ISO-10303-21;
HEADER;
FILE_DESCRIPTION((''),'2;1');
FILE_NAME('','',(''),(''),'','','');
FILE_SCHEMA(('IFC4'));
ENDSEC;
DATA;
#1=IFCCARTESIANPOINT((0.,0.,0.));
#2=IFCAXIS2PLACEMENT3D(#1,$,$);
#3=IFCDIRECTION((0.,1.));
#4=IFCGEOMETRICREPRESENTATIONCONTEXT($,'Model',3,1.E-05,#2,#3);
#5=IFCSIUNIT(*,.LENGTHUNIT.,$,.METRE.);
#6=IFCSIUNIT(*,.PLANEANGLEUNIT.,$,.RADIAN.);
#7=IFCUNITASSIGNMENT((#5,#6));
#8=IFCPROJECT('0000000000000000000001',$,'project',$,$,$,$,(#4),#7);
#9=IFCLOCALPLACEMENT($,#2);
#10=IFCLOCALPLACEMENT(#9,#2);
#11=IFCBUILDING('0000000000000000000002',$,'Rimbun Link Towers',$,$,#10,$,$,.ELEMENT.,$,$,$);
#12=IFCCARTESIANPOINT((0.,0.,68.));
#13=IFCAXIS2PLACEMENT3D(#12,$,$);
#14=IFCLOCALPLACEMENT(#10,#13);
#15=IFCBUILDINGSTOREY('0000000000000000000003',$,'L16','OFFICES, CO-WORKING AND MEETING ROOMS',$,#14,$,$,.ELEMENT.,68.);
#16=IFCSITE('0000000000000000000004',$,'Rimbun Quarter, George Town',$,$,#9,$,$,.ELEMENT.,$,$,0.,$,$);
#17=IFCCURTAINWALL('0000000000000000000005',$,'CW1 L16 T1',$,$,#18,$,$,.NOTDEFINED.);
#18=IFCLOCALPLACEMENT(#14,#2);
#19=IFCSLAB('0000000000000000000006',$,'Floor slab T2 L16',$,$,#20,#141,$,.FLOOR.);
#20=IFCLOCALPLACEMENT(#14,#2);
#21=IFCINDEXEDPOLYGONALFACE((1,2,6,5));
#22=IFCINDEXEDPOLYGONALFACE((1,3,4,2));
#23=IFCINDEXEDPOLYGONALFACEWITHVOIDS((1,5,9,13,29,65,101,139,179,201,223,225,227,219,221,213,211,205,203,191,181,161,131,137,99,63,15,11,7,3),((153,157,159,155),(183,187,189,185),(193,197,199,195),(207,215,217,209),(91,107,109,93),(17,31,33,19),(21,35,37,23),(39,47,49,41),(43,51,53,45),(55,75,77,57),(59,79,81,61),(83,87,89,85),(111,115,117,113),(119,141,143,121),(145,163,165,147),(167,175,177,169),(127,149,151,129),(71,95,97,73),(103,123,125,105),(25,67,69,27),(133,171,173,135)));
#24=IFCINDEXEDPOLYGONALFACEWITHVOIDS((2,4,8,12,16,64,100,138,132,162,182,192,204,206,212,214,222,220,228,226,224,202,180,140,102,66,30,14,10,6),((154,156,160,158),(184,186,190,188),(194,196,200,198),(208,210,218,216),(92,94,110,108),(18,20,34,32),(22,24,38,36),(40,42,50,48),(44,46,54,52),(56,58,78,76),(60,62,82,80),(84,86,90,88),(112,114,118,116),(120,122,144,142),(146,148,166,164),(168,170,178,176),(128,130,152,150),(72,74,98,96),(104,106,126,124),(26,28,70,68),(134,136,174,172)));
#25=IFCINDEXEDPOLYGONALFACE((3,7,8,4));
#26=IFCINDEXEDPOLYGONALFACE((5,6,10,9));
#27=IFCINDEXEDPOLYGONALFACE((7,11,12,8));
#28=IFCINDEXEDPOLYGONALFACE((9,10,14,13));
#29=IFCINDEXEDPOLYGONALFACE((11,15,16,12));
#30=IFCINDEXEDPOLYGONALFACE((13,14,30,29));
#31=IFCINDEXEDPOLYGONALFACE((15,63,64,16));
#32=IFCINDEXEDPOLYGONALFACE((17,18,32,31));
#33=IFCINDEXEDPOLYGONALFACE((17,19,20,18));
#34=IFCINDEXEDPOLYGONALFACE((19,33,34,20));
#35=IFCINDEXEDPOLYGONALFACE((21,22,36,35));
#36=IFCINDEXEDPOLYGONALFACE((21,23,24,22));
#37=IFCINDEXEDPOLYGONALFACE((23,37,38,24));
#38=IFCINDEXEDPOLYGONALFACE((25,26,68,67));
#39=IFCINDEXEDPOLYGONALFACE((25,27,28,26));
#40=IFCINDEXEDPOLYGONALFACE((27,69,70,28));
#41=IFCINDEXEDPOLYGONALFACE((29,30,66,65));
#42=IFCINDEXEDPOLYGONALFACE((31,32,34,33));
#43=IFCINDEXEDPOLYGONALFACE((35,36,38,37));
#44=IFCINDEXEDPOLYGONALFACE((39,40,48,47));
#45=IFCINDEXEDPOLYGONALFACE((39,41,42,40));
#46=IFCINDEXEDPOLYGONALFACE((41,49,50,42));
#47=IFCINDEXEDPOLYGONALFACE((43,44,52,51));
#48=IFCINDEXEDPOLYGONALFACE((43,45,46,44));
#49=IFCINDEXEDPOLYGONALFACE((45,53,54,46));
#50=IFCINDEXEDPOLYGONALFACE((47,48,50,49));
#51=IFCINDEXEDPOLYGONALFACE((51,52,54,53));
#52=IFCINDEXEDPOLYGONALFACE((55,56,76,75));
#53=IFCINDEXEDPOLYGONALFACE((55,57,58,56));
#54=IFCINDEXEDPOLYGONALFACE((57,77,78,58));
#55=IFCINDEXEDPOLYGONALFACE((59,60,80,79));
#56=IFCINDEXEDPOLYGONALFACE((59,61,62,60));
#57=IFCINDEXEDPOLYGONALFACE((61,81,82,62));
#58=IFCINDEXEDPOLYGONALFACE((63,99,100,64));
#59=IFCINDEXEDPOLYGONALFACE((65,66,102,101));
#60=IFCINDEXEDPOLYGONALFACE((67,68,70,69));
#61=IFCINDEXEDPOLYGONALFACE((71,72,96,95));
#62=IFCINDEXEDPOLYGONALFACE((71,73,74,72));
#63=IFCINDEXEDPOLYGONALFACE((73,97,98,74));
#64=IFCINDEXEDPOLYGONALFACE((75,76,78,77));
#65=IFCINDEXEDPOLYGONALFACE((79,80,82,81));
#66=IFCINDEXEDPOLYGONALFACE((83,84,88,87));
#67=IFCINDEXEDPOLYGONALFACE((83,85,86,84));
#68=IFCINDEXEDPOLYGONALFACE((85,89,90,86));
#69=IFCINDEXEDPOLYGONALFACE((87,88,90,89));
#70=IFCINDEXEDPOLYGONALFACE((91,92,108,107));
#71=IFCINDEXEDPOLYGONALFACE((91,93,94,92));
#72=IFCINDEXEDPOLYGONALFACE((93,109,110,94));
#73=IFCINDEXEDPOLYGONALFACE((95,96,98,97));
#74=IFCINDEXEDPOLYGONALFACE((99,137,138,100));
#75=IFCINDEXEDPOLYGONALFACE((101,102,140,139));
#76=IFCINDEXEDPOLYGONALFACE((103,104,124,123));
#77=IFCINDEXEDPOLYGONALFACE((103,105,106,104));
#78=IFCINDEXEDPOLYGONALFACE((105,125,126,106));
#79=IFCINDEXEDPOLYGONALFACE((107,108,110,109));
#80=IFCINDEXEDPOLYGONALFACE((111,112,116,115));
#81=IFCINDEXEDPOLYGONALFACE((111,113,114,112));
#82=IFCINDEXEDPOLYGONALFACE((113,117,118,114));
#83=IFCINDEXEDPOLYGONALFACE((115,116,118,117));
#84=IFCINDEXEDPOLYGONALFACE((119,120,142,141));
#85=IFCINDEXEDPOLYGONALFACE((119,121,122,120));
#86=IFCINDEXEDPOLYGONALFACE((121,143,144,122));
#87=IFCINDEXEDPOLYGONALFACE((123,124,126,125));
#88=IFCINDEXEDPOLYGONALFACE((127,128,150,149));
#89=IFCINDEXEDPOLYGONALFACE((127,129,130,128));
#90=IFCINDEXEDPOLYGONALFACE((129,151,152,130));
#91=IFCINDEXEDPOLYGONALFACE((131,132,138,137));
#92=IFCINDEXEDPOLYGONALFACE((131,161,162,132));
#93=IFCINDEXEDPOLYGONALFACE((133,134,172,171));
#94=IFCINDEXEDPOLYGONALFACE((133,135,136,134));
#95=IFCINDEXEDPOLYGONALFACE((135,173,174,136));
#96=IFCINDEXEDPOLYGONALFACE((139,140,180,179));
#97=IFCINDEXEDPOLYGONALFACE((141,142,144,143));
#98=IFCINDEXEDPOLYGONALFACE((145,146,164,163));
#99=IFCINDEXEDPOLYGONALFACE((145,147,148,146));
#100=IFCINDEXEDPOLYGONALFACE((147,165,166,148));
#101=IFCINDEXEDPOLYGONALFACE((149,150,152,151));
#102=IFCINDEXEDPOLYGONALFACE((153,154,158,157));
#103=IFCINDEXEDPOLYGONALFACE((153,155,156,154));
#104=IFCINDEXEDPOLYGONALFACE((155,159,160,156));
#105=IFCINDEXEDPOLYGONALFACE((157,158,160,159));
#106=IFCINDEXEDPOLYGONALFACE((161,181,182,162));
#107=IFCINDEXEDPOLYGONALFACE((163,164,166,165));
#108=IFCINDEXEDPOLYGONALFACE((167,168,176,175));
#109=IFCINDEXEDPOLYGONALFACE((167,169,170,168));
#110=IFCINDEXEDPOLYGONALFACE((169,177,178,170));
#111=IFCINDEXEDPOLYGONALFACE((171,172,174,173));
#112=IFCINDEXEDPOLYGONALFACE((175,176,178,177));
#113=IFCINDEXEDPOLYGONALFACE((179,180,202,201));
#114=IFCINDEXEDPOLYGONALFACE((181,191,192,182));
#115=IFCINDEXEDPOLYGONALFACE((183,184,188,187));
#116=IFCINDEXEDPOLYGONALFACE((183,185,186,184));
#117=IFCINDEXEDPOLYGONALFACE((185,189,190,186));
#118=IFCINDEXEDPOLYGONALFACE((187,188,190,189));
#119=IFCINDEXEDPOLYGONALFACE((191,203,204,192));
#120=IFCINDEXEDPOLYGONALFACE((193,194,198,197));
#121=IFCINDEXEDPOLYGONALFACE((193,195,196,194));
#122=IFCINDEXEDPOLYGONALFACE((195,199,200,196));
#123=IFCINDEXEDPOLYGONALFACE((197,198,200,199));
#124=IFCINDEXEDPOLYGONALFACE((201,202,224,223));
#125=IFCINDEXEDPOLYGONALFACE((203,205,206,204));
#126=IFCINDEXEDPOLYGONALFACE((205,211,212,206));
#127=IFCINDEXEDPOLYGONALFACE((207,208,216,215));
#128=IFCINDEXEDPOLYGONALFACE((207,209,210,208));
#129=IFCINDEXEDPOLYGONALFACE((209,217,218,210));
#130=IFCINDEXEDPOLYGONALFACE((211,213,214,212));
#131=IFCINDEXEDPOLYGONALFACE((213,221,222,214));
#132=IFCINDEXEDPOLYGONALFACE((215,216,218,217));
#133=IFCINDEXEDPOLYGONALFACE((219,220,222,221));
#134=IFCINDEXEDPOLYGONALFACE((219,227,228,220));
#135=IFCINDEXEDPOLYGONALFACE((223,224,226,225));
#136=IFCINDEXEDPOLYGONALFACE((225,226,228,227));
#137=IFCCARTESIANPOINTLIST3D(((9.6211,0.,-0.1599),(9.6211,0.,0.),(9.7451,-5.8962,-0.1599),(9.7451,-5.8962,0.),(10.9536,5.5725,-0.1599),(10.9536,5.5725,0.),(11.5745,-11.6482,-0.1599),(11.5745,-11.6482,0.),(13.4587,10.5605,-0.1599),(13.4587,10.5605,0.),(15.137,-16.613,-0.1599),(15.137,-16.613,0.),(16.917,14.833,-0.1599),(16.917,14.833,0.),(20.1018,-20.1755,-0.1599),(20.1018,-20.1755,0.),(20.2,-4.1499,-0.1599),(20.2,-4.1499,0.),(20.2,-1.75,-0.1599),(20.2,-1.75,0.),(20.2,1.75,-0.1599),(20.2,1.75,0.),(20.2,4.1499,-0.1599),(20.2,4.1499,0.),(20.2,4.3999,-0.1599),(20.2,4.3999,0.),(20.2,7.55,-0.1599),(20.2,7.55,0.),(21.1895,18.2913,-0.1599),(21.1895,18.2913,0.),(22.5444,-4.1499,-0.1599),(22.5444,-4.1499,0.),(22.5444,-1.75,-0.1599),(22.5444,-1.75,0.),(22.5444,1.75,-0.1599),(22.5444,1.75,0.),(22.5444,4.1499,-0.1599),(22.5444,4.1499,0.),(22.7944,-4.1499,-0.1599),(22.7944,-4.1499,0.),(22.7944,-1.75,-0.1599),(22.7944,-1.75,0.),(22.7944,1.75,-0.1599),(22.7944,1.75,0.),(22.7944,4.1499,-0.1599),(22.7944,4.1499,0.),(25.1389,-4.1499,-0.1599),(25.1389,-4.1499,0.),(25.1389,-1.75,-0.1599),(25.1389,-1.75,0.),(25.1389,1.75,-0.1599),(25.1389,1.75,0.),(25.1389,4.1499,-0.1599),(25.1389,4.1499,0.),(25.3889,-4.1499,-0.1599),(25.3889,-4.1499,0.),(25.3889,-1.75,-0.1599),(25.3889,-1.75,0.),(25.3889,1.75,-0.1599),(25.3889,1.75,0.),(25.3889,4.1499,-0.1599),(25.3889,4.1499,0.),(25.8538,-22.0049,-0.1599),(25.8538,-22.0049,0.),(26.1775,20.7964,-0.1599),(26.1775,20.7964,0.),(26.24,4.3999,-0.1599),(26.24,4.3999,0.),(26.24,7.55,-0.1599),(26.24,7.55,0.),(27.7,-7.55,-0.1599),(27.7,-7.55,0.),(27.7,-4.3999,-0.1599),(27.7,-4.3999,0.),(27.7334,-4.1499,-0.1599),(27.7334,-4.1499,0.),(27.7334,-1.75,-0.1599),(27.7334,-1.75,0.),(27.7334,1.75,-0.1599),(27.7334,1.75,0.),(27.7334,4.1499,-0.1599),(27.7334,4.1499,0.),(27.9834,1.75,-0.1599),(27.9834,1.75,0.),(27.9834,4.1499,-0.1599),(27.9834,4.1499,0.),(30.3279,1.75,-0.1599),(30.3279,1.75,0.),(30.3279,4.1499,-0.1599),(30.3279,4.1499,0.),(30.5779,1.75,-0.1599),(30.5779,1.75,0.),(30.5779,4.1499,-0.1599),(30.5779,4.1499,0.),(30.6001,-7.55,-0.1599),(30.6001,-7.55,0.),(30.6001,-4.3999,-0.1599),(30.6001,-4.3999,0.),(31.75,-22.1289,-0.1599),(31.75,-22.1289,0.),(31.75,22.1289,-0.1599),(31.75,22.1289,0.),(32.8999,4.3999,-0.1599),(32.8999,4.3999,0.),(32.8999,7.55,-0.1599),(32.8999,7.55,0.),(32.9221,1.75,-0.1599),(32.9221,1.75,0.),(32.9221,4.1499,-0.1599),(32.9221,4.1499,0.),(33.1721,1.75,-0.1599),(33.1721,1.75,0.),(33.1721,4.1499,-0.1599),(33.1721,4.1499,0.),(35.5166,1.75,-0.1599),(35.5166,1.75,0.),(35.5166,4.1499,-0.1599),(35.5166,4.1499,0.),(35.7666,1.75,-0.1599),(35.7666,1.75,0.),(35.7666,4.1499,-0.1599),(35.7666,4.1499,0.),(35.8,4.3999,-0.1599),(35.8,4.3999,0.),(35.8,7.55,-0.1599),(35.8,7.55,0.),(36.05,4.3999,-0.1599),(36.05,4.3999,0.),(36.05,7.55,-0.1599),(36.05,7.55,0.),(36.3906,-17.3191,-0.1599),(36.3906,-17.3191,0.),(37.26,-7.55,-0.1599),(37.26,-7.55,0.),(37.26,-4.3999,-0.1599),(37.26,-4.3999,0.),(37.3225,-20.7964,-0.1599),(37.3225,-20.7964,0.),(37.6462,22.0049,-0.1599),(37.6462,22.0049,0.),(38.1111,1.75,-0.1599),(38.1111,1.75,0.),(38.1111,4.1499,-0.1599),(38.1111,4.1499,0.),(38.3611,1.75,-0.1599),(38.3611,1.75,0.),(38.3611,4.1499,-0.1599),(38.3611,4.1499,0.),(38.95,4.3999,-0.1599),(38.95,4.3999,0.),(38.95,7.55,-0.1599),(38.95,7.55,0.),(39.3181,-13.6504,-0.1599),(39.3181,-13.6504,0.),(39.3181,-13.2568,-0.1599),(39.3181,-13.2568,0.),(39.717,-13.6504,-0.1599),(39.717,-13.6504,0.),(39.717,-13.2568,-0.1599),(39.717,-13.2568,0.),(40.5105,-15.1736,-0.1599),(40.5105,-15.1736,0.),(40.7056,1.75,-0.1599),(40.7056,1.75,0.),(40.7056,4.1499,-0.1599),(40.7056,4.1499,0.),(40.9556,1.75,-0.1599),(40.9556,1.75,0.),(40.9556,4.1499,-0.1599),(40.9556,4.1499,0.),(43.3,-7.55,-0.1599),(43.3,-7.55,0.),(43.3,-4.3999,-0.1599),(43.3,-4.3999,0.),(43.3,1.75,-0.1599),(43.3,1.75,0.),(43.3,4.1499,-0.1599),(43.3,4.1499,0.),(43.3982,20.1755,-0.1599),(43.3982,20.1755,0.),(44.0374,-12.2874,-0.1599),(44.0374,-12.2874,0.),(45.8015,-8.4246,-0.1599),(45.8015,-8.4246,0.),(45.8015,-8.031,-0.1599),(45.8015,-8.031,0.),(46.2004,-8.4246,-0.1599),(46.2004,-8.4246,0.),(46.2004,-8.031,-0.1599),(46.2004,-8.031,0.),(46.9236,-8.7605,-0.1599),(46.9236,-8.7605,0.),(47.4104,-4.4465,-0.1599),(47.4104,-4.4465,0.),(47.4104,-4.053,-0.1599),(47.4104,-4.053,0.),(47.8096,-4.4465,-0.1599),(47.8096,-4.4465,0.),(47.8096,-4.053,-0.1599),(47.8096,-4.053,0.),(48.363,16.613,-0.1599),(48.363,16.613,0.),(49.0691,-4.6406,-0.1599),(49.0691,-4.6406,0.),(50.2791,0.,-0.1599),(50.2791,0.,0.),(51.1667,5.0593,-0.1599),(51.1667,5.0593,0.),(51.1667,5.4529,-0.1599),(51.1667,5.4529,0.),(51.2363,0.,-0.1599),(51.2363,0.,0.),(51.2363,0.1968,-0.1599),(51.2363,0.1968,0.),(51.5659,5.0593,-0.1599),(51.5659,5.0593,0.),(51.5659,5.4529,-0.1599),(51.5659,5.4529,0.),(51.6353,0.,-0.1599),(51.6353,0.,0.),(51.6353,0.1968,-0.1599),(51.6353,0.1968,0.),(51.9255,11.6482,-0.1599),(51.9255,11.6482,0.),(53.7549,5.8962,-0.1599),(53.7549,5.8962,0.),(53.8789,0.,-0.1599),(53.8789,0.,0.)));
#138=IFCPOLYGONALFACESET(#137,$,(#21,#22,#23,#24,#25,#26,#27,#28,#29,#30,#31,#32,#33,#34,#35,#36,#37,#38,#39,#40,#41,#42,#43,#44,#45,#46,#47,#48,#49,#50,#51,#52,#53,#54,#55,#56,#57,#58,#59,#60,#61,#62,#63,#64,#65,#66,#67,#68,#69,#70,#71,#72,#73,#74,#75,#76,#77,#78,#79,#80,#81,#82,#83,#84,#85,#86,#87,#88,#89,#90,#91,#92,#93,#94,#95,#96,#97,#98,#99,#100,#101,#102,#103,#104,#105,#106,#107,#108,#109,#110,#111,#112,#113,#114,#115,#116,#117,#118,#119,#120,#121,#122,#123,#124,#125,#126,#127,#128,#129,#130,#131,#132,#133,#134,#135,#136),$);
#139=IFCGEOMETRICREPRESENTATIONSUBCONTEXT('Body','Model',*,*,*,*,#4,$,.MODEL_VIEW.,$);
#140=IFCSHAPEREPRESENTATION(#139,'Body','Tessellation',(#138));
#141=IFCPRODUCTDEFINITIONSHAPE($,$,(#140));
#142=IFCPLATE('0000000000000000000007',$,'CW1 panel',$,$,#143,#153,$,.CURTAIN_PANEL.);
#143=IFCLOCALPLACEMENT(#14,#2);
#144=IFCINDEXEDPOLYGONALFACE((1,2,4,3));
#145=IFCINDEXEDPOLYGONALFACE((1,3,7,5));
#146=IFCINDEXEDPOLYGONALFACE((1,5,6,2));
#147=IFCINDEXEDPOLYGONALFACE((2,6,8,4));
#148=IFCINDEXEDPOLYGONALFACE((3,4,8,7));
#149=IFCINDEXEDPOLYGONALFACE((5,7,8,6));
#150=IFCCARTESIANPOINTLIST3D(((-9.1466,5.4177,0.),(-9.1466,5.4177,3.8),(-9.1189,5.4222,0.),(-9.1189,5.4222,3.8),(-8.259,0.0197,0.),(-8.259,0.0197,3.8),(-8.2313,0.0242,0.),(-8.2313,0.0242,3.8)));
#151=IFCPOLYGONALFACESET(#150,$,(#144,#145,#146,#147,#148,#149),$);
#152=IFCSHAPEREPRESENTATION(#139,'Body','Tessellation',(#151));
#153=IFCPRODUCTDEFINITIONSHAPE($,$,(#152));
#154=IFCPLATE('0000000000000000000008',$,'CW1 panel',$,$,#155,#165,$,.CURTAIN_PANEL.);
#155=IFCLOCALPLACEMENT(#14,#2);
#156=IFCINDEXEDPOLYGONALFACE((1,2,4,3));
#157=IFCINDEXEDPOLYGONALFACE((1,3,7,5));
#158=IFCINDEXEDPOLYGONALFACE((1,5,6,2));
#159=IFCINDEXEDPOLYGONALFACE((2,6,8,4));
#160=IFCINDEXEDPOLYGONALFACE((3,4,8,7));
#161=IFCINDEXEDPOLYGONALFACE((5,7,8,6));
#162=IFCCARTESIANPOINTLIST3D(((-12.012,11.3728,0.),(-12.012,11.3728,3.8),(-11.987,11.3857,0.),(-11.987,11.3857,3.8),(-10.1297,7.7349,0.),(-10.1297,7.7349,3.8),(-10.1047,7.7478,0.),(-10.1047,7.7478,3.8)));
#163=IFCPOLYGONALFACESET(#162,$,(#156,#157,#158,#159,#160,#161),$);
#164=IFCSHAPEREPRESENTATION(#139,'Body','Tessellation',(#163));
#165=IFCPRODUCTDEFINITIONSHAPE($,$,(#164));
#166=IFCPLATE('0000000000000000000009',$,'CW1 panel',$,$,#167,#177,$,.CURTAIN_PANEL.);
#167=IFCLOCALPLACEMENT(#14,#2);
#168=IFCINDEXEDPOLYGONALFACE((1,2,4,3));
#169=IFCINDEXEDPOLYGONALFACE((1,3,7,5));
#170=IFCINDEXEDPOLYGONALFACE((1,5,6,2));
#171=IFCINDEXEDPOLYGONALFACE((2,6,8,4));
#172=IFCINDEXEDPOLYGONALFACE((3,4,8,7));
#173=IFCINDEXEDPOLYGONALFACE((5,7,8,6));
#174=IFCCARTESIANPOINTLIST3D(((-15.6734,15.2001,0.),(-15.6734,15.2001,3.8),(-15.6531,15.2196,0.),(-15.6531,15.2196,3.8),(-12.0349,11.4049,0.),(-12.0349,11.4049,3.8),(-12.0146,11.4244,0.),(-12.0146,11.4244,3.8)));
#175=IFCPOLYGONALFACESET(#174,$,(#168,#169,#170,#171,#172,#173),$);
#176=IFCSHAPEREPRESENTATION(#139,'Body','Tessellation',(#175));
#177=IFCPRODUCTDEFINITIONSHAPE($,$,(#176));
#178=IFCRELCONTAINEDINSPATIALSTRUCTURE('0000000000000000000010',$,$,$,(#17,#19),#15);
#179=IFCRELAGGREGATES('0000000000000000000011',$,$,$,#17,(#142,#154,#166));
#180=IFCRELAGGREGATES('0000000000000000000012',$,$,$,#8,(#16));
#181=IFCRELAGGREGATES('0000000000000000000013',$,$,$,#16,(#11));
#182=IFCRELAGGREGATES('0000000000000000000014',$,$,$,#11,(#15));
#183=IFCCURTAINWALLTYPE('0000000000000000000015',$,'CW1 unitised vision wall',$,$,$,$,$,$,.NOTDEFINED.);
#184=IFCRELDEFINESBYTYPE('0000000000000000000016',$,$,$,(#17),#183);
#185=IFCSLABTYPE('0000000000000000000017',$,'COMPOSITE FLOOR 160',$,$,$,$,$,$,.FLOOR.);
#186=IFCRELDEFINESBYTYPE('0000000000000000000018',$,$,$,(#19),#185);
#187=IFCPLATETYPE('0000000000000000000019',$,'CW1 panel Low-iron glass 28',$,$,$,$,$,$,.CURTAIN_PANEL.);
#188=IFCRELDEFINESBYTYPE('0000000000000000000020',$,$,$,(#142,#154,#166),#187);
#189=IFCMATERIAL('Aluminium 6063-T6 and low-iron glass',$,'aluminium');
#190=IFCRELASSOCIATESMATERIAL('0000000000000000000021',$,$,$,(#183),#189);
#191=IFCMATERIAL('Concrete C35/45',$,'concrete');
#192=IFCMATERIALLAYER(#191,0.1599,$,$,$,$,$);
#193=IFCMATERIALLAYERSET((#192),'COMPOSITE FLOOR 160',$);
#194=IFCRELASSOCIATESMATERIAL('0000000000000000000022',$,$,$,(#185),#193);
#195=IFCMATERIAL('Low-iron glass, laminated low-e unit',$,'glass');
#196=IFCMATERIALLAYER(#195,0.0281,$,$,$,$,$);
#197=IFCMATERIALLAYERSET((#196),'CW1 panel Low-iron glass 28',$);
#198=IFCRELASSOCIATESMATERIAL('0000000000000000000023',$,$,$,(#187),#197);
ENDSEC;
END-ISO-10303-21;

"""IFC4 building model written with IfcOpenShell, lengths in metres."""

from ifc_helpers import new_model, si_unit, direction, frame, origin, origin_2d, place, context, subcontext, project, spatial, polyline, rectangle, outline, extrude, material, layer, layer_set, type_object, element, aggregate, save


model = new_model("IFC4")

# Units and contexts
model_context = context("Model", 3, precision=1e-05, world=origin(), true_north=direction((0.0, 1.0)))
body_context = subcontext(model_context, "Body", "Model", "MODEL_VIEW")
ifc_project = project(units=[si_unit("LENGTHUNIT", "METRE"), si_unit("PLANEANGLEUNIT", "RADIAN")], contexts=[model_context])

# Site, building, storey
site_placement = place(None, origin())
site = spatial("IfcSite", under=ifc_project, at=site_placement, Name="Rimbun Quarter, George Town", CompositionType="ELEMENT", RefElevation=0.0)
building_placement = place(site_placement, origin())
building = spatial("IfcBuilding", under=site, at=building_placement, Name="Rimbun Link Towers", CompositionType="ELEMENT")
storey_placement = place(building_placement, frame((0.0, 0.0, 68.0)))
storey = spatial("IfcBuildingStorey", under=building, at=storey_placement, Name="L16", Description="OFFICES, CO-WORKING AND MEETING ROOMS", CompositionType="ELEMENT", Elevation=68.0)

# Curtain wall
ifc_material_1 = material(Name="Aluminium 6063-T6 and low-iron glass", Category="aluminium")
curtain_wall_type = type_object("IfcCurtainWallType", Name="CW1 unitised vision wall", PredefinedType="NOTDEFINED", material=ifc_material_1)
curtain_wall_placement = place(storey_placement, origin())
curtain_wall = element("IfcCurtainWall", 1, at=curtain_wall_placement, inside=storey, type_object=curtain_wall_type, Name="CW1 L16 T1", PredefinedType="NOTDEFINED")

# Slab
ifc_material_2 = material(Name="Concrete C35/45", Category="concrete")
ifc_layer_1 = layer(ifc_material_2, 0.1599)
ifc_layer_set_1 = layer_set([ifc_layer_1], Name="COMPOSITE FLOOR 160")
slab_type = type_object("IfcSlabType", Name="COMPOSITE FLOOR 160", PredefinedType="FLOOR", material=ifc_layer_set_1)
slab_placement = place(storey_placement, frame((0.0, 0.0, -0.1599)))
element("IfcSlab", 2, at=slab_placement, inside=storey, type_object=slab_type, Name="Floor slab T2 L16", PredefinedType="FLOOR", context=body_context, shape_type="SweptSolid", body=[
    extrude(outline(polyline([(50.2791, 0.0), (49.0691, -4.6406), (46.9236, -8.7605), (44.0374, -12.2874), (40.5105, -15.1736), (36.3906, -17.3191), (37.3225, -20.7964), (31.75, -22.1289), (25.8538, -22.0049), (20.1018, -20.1755), (15.137, -16.613), (11.5745, -11.6482), (9.7451, -5.8962), (9.6211, 0.0), (10.9536, 5.5725), (13.4587, 10.5605), (16.917, 14.833), (21.1895, 18.2913), (26.1775, 20.7964), (31.75, 22.1289), (37.6462, 22.0049), (43.3982, 20.1755), (48.363, 16.613), (51.9255, 11.6482), (53.7549, 5.8962), (53.8789, 0.0), (51.6353, 0.0), (51.6353, 0.1968), (51.2363, 0.1968), (51.2363, 0.0), (50.2791, 0.0)]), holes=[polyline([(30.6001, -7.55), (30.6001, -4.3999), (27.7, -4.3999), (27.7, -7.55), (30.6001, -7.55)]), polyline([(22.5444, -4.1499), (22.5444, -1.75), (20.2, -1.75), (20.2, -4.1499), (22.5444, -4.1499)]), polyline([(25.1389, -4.1499), (25.1389, -1.75), (22.7944, -1.75), (22.7944, -4.1499), (25.1389, -4.1499)]), polyline([(25.3889, -4.1499), (27.7334, -4.1499), (27.7334, -1.75), (25.3889, -1.75), (25.3889, -4.1499)]), polyline([(20.2, 1.75), (22.5444, 1.75), (22.5444, 4.1499), (20.2, 4.1499), (20.2, 1.75)]), polyline([(25.1389, 1.75), (25.1389, 4.1499), (22.7944, 4.1499), (22.7944, 1.75), (25.1389, 1.75)]), polyline([(25.3889, 1.75), (27.7334, 1.75), (27.7334, 4.1499), (25.3889, 4.1499), (25.3889, 1.75)]), polyline([(27.9834, 1.75), (30.3279, 1.75), (30.3279, 4.1499), (27.9834, 4.1499), (27.9834, 1.75)]), polyline([(32.9221, 1.75), (32.9221, 4.1499), (30.5779, 4.1499), (30.5779, 1.75), (32.9221, 1.75)]), polyline([(33.1721, 1.75), (35.5166, 1.75), (35.5166, 4.1499), (33.1721, 4.1499), (33.1721, 1.75)]), polyline([(20.2, 4.3999), (26.24, 4.3999), (26.24, 7.55), (20.2, 7.55), (20.2, 4.3999)]), polyline([(39.717, -13.6504), (39.717, -13.2568), (39.3181, -13.2568), (39.3181, -13.6504), (39.717, -13.6504)]), polyline([(46.2004, -8.4246), (46.2004, -8.031), (45.8015, -8.031), (45.8015, -8.4246), (46.2004, -8.4246)]), polyline([(43.3, -7.55), (43.3, -4.3999), (37.26, -4.3999), (37.26, -7.55), (43.3, -7.55)]), polyline([(47.4104, -4.4465), (47.8096, -4.4465), (47.8096, -4.053), (47.4104, -4.053), (47.4104, -4.4465)]), polyline([(38.1111, 1.75), (38.1111, 4.1499), (35.7666, 4.1499), (35.7666, 1.75), (38.1111, 1.75)]), polyline([(38.3611, 1.75), (40.7056, 1.75), (40.7056, 4.1499), (38.3611, 4.1499), (38.3611, 1.75)]), polyline([(40.9556, 1.75), (43.3, 1.75), (43.3, 4.1499), (40.9556, 4.1499), (40.9556, 1.75)]), polyline([(51.5659, 5.0593), (51.5659, 5.4529), (51.1667, 5.4529), (51.1667, 5.0593), (51.5659, 5.0593)]), polyline([(32.8999, 4.3999), (35.8, 4.3999), (35.8, 7.55), (32.8999, 7.55), (32.8999, 4.3999)]), polyline([(36.05, 4.3999), (38.95, 4.3999), (38.95, 7.55), (36.05, 7.55), (36.05, 4.3999)])]), origin(), (0.0, 0.0, 1.0), 0.1599),
])

# Plates
ifc_material_3 = material(Name="Low-iron glass, laminated low-e unit", Category="glass")
ifc_layer_2 = layer(ifc_material_3, 0.0281)
ifc_layer_set_2 = layer_set([ifc_layer_2], Name="CW1 panel Low-iron glass 28")
plate_type = type_object("IfcPlateType", Name="CW1 panel Low-iron glass 28", PredefinedType="CURTAIN_PANEL", material=ifc_layer_set_2)
plate_1_placement = place(storey_placement, frame((-8.689, 2.7209, 0.0), z_axis=(0.0, 0.0, 1.0), x_axis=(0.16226, -0.986748, 0.0)))
plate_1 = element("IfcPlate", 3, at=plate_1_placement, type_object=plate_type, Name="CW1 panel", PredefinedType="CURTAIN_PANEL", context=body_context, shape_type="SweptSolid", body=[
    extrude(rectangle(XDim=5.4705, YDim=0.0281, at=origin_2d()), origin(), (0.0, 0.0, 1.0), 3.8),
])
plate_2_placement = place(storey_placement, frame((-11.0583, 9.5603, 0.0), z_axis=(0.0, 0.0, 1.0), x_axis=(0.459556, -0.888149, 0.0)))
plate_2 = element("IfcPlate", 4, at=plate_2_placement, type_object=plate_type, Name="CW1 panel", PredefinedType="CURTAIN_PANEL", context=body_context, shape_type="SweptSolid", body=[
    extrude(rectangle(XDim=4.0959, YDim=0.0281, at=origin_2d()), origin(), (0.0, 0.0, 1.0), 3.8),
])
plate_3_placement = place(storey_placement, frame((-13.844, 13.3123, 0.0), z_axis=(0.0, 0.0, 1.0), x_axis=(0.692045, -0.721854, 0.0)))
plate_3 = element("IfcPlate", 5, at=plate_3_placement, type_object=plate_type, Name="CW1 panel", PredefinedType="CURTAIN_PANEL", context=body_context, shape_type="SweptSolid", body=[
    extrude(rectangle(XDim=5.2576, YDim=0.0281, at=origin_2d()), origin(), (0.0, 0.0, 1.0), 3.8),
])
aggregate(curtain_wall, [plate_1, plate_2, plate_3])

save(model, "model.ifc")
